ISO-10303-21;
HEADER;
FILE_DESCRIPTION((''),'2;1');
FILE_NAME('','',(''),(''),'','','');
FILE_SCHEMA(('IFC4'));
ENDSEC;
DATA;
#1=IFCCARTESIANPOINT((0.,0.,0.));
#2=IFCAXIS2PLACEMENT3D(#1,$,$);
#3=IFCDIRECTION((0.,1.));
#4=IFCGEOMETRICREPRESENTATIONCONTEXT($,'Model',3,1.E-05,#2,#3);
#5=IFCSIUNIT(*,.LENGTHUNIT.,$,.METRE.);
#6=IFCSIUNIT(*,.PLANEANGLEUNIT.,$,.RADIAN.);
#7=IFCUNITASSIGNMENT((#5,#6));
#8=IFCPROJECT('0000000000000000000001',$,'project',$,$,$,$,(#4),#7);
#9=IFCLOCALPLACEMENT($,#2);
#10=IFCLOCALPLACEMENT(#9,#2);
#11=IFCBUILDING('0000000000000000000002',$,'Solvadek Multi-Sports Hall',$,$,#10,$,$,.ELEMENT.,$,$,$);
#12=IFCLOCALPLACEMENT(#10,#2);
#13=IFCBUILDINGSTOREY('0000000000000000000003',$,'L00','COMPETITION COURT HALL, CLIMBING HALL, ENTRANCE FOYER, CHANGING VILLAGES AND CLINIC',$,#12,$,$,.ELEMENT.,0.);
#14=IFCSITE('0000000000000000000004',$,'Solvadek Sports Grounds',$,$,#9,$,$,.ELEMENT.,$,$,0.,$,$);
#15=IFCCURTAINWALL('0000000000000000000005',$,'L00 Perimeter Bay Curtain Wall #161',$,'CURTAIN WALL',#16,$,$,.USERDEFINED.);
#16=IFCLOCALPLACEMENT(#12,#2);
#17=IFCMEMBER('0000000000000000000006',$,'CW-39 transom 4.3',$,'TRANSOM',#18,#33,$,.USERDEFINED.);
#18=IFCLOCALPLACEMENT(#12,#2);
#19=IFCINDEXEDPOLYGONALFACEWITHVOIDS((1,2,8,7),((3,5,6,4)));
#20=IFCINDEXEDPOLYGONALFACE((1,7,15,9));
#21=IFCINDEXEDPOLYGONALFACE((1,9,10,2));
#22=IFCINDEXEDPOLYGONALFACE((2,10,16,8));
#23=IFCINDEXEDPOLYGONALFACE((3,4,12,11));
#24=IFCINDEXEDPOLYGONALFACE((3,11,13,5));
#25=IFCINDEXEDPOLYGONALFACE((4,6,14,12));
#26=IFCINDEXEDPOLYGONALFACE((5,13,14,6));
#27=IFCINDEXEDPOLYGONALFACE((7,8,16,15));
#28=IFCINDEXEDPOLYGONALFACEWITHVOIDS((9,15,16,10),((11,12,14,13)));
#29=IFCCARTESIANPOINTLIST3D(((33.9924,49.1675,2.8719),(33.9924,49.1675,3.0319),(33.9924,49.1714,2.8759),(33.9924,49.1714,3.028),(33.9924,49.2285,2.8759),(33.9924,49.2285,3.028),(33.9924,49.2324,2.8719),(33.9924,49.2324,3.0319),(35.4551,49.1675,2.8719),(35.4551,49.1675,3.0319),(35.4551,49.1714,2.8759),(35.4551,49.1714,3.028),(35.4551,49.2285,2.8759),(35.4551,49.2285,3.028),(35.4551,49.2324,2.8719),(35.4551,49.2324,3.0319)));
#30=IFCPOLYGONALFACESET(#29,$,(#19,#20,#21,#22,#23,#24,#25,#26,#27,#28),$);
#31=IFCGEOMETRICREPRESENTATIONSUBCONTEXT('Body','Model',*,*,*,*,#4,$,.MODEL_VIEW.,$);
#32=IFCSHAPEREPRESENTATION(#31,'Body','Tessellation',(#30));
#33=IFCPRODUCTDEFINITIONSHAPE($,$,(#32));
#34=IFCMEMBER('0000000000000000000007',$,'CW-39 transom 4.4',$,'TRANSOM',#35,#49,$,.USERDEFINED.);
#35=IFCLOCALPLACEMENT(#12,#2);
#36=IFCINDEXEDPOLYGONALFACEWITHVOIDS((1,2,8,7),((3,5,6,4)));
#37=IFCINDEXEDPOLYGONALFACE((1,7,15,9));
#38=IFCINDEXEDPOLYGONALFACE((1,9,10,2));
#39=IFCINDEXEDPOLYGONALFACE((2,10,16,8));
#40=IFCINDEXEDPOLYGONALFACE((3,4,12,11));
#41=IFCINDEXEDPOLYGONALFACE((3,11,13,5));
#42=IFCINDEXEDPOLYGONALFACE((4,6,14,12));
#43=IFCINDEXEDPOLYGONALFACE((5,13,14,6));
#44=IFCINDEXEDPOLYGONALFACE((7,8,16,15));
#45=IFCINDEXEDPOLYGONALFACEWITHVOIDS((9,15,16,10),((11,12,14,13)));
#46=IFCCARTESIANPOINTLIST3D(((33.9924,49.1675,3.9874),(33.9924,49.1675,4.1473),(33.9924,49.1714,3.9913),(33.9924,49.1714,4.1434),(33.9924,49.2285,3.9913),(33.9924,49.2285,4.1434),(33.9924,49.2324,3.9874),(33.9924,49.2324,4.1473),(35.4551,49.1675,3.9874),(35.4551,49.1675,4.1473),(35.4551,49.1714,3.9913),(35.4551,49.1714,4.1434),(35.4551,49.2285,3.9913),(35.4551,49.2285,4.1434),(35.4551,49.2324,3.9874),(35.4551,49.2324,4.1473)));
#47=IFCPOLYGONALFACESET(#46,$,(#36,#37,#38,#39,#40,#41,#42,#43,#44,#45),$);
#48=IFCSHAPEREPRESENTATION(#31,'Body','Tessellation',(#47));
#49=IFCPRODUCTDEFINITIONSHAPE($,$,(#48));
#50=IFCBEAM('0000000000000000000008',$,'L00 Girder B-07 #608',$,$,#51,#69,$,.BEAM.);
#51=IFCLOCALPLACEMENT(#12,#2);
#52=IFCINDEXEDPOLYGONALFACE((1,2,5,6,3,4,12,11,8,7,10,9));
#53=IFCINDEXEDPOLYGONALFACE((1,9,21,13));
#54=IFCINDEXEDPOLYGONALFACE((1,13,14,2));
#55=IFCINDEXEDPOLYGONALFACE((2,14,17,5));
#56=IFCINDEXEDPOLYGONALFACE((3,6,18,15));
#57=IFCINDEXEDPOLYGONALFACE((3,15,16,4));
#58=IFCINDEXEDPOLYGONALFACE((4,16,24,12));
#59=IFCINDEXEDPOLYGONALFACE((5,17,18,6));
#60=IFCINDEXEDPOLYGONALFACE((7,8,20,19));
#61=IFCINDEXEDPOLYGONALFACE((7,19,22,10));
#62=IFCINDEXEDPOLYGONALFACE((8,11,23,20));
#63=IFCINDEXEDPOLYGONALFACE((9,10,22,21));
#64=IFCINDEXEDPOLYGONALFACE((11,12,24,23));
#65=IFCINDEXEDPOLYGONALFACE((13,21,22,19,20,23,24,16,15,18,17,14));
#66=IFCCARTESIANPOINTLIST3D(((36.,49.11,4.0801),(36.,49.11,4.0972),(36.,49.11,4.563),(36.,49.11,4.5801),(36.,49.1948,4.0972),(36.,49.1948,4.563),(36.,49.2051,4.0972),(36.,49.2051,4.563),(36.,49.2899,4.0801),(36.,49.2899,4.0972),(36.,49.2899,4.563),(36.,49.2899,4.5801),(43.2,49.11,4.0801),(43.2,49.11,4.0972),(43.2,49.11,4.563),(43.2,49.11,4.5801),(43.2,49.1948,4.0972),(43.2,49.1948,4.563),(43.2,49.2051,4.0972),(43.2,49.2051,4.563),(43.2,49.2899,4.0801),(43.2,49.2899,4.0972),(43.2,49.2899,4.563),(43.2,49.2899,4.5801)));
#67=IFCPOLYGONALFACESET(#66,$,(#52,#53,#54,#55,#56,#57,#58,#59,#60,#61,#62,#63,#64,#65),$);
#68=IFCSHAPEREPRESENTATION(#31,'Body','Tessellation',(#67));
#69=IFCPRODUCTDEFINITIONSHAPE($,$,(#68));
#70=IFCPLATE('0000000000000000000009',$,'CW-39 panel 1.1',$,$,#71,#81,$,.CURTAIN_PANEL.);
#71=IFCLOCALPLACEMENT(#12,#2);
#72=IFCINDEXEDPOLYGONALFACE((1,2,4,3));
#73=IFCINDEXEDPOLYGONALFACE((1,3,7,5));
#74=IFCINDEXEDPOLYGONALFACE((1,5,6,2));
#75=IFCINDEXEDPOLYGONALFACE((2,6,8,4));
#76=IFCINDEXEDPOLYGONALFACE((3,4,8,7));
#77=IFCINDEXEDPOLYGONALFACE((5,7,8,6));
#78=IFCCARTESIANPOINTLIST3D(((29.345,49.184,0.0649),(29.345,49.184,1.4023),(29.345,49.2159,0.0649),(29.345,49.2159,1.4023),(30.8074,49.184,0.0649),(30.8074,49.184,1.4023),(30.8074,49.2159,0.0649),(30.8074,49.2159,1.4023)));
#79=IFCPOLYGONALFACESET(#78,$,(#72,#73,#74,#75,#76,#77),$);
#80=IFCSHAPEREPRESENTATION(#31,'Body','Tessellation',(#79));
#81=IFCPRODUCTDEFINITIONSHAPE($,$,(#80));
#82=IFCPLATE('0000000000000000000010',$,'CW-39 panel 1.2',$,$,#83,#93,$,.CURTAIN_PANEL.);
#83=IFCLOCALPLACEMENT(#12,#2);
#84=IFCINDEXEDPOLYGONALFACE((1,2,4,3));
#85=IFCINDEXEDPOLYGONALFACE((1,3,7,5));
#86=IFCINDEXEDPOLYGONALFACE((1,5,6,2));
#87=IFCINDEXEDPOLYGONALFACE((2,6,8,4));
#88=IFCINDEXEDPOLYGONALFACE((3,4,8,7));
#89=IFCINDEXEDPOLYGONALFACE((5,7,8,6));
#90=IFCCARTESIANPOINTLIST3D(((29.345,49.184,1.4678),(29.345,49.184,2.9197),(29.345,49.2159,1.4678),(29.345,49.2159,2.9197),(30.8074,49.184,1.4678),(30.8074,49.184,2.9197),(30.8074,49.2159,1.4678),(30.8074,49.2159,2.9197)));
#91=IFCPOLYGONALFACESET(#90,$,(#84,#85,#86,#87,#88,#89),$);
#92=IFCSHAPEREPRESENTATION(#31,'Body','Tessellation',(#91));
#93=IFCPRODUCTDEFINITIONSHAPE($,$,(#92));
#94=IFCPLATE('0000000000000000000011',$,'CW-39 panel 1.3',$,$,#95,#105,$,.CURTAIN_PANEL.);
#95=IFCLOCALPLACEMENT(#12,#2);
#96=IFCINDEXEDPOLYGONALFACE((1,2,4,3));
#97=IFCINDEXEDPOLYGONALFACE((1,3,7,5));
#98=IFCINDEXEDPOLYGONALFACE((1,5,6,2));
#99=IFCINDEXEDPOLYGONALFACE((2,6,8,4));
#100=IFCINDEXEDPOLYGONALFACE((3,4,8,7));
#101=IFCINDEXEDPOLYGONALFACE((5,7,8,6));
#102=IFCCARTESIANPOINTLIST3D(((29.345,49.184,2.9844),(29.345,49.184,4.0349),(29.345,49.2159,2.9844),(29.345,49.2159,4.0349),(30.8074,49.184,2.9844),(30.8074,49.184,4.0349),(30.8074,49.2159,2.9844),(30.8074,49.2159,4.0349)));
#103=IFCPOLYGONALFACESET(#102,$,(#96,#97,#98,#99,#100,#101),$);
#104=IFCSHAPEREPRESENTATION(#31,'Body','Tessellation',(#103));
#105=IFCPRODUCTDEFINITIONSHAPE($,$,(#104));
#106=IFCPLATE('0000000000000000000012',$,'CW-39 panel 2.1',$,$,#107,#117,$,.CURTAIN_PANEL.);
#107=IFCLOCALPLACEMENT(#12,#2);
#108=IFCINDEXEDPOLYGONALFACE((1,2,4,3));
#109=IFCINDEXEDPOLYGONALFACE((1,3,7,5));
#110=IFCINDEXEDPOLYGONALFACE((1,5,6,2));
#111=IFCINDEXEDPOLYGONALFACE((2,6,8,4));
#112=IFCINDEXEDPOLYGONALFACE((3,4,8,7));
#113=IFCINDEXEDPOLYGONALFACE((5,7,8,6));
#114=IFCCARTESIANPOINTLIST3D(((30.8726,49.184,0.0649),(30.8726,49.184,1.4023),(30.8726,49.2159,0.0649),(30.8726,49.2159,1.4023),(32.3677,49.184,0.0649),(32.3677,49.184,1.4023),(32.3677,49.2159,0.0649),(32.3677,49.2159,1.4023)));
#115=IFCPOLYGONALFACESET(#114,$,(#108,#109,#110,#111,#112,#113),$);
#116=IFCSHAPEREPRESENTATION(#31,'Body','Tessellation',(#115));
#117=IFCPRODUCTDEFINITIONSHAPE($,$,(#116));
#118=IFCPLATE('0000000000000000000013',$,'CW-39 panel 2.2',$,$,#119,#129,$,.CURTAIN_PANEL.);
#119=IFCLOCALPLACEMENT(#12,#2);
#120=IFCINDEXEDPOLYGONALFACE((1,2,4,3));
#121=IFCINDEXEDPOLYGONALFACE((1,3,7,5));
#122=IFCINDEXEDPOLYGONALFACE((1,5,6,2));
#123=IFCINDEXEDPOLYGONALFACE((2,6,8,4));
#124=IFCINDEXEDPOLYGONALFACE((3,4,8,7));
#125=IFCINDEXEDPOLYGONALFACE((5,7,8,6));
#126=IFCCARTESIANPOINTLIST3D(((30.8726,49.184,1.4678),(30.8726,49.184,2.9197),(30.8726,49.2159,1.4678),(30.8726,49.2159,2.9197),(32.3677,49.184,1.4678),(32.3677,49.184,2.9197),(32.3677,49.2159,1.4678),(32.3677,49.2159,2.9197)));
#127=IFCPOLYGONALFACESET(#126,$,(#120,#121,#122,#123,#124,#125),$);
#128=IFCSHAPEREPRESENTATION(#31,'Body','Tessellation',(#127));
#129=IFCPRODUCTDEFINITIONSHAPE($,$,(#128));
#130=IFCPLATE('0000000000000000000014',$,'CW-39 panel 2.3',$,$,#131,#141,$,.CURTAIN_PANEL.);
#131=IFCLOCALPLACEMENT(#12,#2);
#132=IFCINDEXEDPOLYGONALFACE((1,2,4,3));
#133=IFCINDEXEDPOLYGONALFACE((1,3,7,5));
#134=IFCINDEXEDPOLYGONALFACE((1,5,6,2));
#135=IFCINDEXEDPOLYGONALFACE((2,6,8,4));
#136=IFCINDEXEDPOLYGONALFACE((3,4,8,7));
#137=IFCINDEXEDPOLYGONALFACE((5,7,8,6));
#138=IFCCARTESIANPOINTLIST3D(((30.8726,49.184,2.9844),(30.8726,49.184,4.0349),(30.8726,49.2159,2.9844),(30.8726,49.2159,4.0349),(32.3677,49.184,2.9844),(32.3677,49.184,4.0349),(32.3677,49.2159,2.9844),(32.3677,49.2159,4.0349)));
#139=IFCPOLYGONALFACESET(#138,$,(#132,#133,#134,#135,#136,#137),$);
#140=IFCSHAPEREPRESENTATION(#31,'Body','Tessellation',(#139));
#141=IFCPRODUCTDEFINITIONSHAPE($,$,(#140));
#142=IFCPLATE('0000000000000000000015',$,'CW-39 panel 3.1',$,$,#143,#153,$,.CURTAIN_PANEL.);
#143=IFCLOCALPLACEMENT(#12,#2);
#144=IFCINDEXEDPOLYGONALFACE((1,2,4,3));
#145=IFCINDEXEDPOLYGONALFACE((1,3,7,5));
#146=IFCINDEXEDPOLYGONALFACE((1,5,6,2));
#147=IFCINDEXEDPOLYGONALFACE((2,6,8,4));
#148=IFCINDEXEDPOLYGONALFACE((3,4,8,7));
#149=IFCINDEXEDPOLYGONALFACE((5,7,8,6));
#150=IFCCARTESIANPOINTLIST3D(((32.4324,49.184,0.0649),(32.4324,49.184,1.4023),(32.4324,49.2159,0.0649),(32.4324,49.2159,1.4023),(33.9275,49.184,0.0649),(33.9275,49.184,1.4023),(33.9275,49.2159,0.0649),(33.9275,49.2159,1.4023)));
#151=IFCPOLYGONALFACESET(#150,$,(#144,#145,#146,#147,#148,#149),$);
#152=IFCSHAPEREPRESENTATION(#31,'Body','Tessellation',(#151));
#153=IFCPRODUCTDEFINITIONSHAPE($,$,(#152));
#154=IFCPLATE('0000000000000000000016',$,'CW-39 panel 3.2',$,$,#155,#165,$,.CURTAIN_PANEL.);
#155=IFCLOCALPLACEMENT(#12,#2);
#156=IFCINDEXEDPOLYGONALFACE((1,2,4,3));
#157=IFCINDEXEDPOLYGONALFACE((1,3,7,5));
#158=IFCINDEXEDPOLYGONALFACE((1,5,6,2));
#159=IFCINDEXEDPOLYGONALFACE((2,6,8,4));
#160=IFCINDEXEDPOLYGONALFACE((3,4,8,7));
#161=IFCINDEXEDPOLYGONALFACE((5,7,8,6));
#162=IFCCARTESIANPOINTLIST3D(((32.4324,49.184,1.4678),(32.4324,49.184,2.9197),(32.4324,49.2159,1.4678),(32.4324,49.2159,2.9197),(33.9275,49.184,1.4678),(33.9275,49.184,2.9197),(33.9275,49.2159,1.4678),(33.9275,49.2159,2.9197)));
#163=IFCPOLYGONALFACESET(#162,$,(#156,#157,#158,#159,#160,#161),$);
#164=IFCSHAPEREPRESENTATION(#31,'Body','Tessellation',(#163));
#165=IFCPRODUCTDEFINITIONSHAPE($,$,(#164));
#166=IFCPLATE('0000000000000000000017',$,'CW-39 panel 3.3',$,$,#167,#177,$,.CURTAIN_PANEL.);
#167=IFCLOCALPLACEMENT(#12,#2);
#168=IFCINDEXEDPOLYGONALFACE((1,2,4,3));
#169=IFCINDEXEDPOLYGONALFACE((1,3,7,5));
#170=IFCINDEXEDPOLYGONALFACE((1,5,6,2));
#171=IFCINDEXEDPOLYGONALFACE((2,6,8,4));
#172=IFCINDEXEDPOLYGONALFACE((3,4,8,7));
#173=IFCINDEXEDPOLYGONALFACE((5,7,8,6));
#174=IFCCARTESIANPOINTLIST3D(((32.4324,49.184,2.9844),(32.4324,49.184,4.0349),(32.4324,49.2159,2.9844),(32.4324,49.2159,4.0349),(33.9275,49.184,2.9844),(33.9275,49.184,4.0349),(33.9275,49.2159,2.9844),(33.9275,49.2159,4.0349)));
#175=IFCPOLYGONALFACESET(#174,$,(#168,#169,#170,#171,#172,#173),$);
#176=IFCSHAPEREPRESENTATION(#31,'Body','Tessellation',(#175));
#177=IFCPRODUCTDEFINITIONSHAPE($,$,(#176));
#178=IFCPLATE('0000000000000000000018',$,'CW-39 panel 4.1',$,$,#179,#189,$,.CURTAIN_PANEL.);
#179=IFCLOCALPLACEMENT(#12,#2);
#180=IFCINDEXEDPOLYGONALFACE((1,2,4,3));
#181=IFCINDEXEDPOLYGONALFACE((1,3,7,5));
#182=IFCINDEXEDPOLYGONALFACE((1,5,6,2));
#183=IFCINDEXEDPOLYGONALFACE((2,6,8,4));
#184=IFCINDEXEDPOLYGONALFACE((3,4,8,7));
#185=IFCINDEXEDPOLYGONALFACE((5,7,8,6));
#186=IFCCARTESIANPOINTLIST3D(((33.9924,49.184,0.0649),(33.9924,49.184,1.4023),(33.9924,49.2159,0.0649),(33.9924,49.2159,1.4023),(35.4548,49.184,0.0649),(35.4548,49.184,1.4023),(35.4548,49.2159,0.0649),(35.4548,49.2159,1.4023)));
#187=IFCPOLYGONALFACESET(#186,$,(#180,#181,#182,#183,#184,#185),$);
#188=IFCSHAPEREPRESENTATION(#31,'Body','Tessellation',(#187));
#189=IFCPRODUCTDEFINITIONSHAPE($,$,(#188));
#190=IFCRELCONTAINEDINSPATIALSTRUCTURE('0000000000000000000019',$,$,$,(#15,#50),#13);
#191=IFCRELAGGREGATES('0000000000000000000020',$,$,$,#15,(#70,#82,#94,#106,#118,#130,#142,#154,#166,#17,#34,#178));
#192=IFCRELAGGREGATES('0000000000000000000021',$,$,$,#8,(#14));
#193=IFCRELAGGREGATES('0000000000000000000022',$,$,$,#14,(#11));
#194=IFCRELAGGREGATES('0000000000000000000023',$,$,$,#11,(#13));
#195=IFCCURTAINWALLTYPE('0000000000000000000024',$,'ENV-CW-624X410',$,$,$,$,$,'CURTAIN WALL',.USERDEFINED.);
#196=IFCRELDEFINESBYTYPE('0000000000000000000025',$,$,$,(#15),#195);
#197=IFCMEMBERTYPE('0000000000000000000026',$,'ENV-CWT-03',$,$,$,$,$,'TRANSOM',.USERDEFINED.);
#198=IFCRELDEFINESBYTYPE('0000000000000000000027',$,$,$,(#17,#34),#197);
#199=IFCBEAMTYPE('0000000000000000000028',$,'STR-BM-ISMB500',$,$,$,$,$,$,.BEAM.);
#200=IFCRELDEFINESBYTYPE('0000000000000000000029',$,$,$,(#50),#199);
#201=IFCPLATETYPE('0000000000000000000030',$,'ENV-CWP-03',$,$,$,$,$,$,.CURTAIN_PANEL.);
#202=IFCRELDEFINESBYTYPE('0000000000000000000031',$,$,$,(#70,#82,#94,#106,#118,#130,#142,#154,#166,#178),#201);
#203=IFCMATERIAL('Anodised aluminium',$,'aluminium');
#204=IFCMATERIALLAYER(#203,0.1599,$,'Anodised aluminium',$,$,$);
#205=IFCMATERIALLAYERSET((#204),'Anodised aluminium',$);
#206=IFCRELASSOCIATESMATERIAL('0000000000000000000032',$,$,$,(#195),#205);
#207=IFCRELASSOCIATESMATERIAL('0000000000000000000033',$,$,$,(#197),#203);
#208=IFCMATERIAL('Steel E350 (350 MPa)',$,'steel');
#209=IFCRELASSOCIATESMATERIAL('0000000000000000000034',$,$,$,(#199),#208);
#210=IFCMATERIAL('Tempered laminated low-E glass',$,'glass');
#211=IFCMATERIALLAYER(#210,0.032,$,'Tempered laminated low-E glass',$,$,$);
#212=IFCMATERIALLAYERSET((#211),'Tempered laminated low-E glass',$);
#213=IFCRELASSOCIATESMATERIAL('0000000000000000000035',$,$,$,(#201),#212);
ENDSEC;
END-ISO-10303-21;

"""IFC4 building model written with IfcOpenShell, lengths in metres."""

from ifc_helpers import new_model, si_unit, direction, frame, origin, origin_2d, place, context, subcontext, project, spatial, rectangle, hollow_rectangle, i_section, extrude, material, layer, layer_set, material_profile, profile_set, type_object, element, aggregate, save


model = new_model("IFC4")

# Units and contexts
model_context = context("Model", 3, precision=1e-05, world=origin(), true_north=direction((0.0, 1.0)))
body_context = subcontext(model_context, "Body", "Model", "MODEL_VIEW")
ifc_project = project(units=[si_unit("LENGTHUNIT", "METRE"), si_unit("PLANEANGLEUNIT", "RADIAN")], contexts=[model_context])

# Site, building, storey
site_placement = place(None, origin())
site = spatial("IfcSite", under=ifc_project, at=site_placement, Name="Solvadek Sports Grounds", CompositionType="ELEMENT", RefElevation=0.0)
building_placement = place(site_placement, origin())
building = spatial("IfcBuilding", under=site, at=building_placement, Name="Solvadek Multi-Sports Hall", CompositionType="ELEMENT")
storey_placement = place(building_placement, origin())
storey = spatial("IfcBuildingStorey", under=building, at=storey_placement, Name="L00", Description="COMPETITION COURT HALL, CLIMBING HALL, ENTRANCE FOYER, CHANGING VILLAGES AND CLINIC", CompositionType="ELEMENT", Elevation=0.0)

# Shared definitions
ifc_material_1 = material(Name="Steel E350 (350 MPa)", Category="steel")

# Curtain wall, members
ifc_material_2 = material(Name="Anodised aluminium", Category="aluminium")
ifc_layer_1 = layer(ifc_material_2, 0.1599, Name="Anodised aluminium")
ifc_layer_set_1 = layer_set([ifc_layer_1], Name="Anodised aluminium")
curtain_wall_type = type_object("IfcCurtainWallType", Name="ENV-CW-624X410", ElementType="CURTAIN WALL", PredefinedType="USERDEFINED", material=ifc_layer_set_1)
curtain_wall_placement = place(storey_placement, origin())
curtain_wall = element("IfcCurtainWall", 1, at=curtain_wall_placement, inside=storey, type_object=curtain_wall_type, Name="L00 Perimeter Bay Curtain Wall #161", ObjectType="CURTAIN WALL", PredefinedType="USERDEFINED")
ifc_material_profile_1 = material_profile(ifc_material_2, hollow_rectangle(XDim=0.0649, YDim=0.1599, WallThickness=0.0039, at=origin_2d()), Name="ALU-T 160x65x4")
ifc_profile_set_1 = profile_set([ifc_material_profile_1], Name="Anodised aluminium")
member_type_1 = type_object("IfcMemberType", Name="ENV-CWT-03", ElementType="TRANSOM", PredefinedType="USERDEFINED", material=ifc_profile_set_1)
member_1_placement = place(storey_placement, frame((33.9924, 49.2, 2.9519), z_axis=(1.0, 0.0, 0.0), x_axis=(0.0, 1.0, 0.0)))
member_1 = element("IfcMember", 2, at=member_1_placement, type_object=member_type_1, Name="CW-39 transom 4.3", ObjectType="TRANSOM", PredefinedType="USERDEFINED", context=body_context, shape_type="SweptSolid", body=[
    extrude(hollow_rectangle(XDim=0.0649, YDim=0.1599, WallThickness=0.0039, at=origin_2d()), origin(), (0.0, 0.0, 1.0), 1.4626),
])
member_2_placement = place(storey_placement, frame((33.9924, 49.2, 4.0674), z_axis=(1.0, 0.0, 0.0), x_axis=(0.0, 1.0, 0.0)))
member_2 = element("IfcMember", 3, at=member_2_placement, type_object=member_type_1, Name="CW-39 transom 4.4", ObjectType="TRANSOM", PredefinedType="USERDEFINED", context=body_context, shape_type="SweptSolid", body=[
    extrude(hollow_rectangle(XDim=0.0649, YDim=0.1599, WallThickness=0.0039, at=origin_2d()), origin(), (0.0, 0.0, 1.0), 1.4626),
])

# Beam
ifc_material_profile_2 = material_profile(ifc_material_1, i_section(OverallWidth=0.1799, OverallDepth=0.5, WebThickness=0.0103, FlangeThickness=0.0171, at=origin_2d()), Name="ISMB 500")
ifc_profile_set_2 = profile_set([ifc_material_profile_2], Name="Steel E350 (350 MPa)")
beam_type = type_object("IfcBeamType", Name="STR-BM-ISMB500", PredefinedType="BEAM", material=ifc_profile_set_2)
beam_placement = place(storey_placement, frame((36.0, 49.2, 4.3301), z_axis=(1.0, 0.0, 0.0), x_axis=(0.0, 1.0, 0.0)))
element("IfcBeam", 4, at=beam_placement, inside=storey, type_object=beam_type, Name="L00 Girder B-07 #608", PredefinedType="BEAM", context=body_context, shape_type="SweptSolid", body=[
    extrude(i_section(OverallWidth=0.1799, OverallDepth=0.5, WebThickness=0.0103, FlangeThickness=0.0171, at=origin_2d()), origin(), (0.0, 0.0, 1.0), 7.2),
])

# Plates
ifc_material_3 = material(Name="Tempered laminated low-E glass", Category="glass")
ifc_layer_2 = layer(ifc_material_3, 0.032, Name="Tempered laminated low-E glass")
ifc_layer_set_2 = layer_set([ifc_layer_2], Name="Tempered laminated low-E glass")
plate_type = type_object("IfcPlateType", Name="ENV-CWP-03", PredefinedType="CURTAIN_PANEL", material=ifc_layer_set_2)
plate_1_placement = place(storey_placement, frame((30.0762, 49.2, 0.0649), z_axis=(0.0, 0.0, 1.0), x_axis=(1.0, 0.0, 0.0)))
plate_1 = element("IfcPlate", 5, at=plate_1_placement, type_object=plate_type, Name="CW-39 panel 1.1", PredefinedType="CURTAIN_PANEL", context=body_context, shape_type="SweptSolid", body=[
    extrude(rectangle(XDim=1.4624, YDim=0.032, at=origin_2d()), origin(), (0.0, 0.0, 1.0), 1.3374),
])
plate_2_placement = place(storey_placement, frame((30.0762, 49.2, 1.4678), z_axis=(0.0, 0.0, 1.0), x_axis=(1.0, 0.0, 0.0)))
plate_2 = element("IfcPlate", 6, at=plate_2_placement, type_object=plate_type, Name="CW-39 panel 1.2", PredefinedType="CURTAIN_PANEL", context=body_context, shape_type="SweptSolid", body=[
    extrude(rectangle(XDim=1.4624, YDim=0.032, at=origin_2d()), origin(), (0.0, 0.0, 1.0), 1.4519),
])
plate_3_placement = place(storey_placement, frame((30.0762, 49.2, 2.9844), z_axis=(0.0, 0.0, 1.0), x_axis=(1.0, 0.0, 0.0)))
plate_3 = element("IfcPlate", 7, at=plate_3_placement, type_object=plate_type, Name="CW-39 panel 1.3", PredefinedType="CURTAIN_PANEL", context=body_context, shape_type="SweptSolid", body=[
    extrude(rectangle(XDim=1.4624, YDim=0.032, at=origin_2d()), origin(), (0.0, 0.0, 1.0), 1.0505),
])
plate_4_placement = place(storey_placement, frame((31.6201, 49.2, 0.0649), z_axis=(0.0, 0.0, 1.0), x_axis=(1.0, 0.0, 0.0)))
plate_4 = element("IfcPlate", 8, at=plate_4_placement, type_object=plate_type, Name="CW-39 panel 2.1", PredefinedType="CURTAIN_PANEL", context=body_context, shape_type="SweptSolid", body=[
    extrude(rectangle(XDim=1.4951, YDim=0.032, at=origin_2d()), origin(), (0.0, 0.0, 1.0), 1.3374),
])
plate_5_placement = place(storey_placement, frame((31.6201, 49.2, 1.4678), z_axis=(0.0, 0.0, 1.0), x_axis=(1.0, 0.0, 0.0)))
plate_5 = element("IfcPlate", 9, at=plate_5_placement, type_object=plate_type, Name="CW-39 panel 2.2", PredefinedType="CURTAIN_PANEL", context=body_context, shape_type="SweptSolid", body=[
    extrude(rectangle(XDim=1.4951, YDim=0.032, at=origin_2d()), origin(), (0.0, 0.0, 1.0), 1.4519),
])
plate_6_placement = place(storey_placement, frame((31.6201, 49.2, 2.9844), z_axis=(0.0, 0.0, 1.0), x_axis=(1.0, 0.0, 0.0)))
plate_6 = element("IfcPlate", 10, at=plate_6_placement, type_object=plate_type, Name="CW-39 panel 2.3", PredefinedType="CURTAIN_PANEL", context=body_context, shape_type="SweptSolid", body=[
    extrude(rectangle(XDim=1.4951, YDim=0.032, at=origin_2d()), origin(), (0.0, 0.0, 1.0), 1.0505),
])
plate_7_placement = place(storey_placement, frame((33.1799, 49.2, 0.0649), z_axis=(0.0, 0.0, 1.0), x_axis=(1.0, 0.0, 0.0)))
plate_7 = element("IfcPlate", 11, at=plate_7_placement, type_object=plate_type, Name="CW-39 panel 3.1", PredefinedType="CURTAIN_PANEL", context=body_context, shape_type="SweptSolid", body=[
    extrude(rectangle(XDim=1.4951, YDim=0.032, at=origin_2d()), origin(), (0.0, 0.0, 1.0), 1.3374),
])
plate_8_placement = place(storey_placement, frame((33.1799, 49.2, 1.4678), z_axis=(0.0, 0.0, 1.0), x_axis=(1.0, 0.0, 0.0)))
plate_8 = element("IfcPlate", 12, at=plate_8_placement, type_object=plate_type, Name="CW-39 panel 3.2", PredefinedType="CURTAIN_PANEL", context=body_context, shape_type="SweptSolid", body=[
    extrude(rectangle(XDim=1.4951, YDim=0.032, at=origin_2d()), origin(), (0.0, 0.0, 1.0), 1.4519),
])
plate_9_placement = place(storey_placement, frame((33.1799, 49.2, 2.9844), z_axis=(0.0, 0.0, 1.0), x_axis=(1.0, 0.0, 0.0)))
plate_9 = element("IfcPlate", 13, at=plate_9_placement, type_object=plate_type, Name="CW-39 panel 3.3", PredefinedType="CURTAIN_PANEL", context=body_context, shape_type="SweptSolid", body=[
    extrude(rectangle(XDim=1.4951, YDim=0.032, at=origin_2d()), origin(), (0.0, 0.0, 1.0), 1.0505),
])
plate_10_placement = place(storey_placement, frame((34.7236, 49.2, 0.0649), z_axis=(0.0, 0.0, 1.0), x_axis=(1.0, 0.0, 0.0)))
plate_10 = element("IfcPlate", 14, at=plate_10_placement, type_object=plate_type, Name="CW-39 panel 4.1", PredefinedType="CURTAIN_PANEL", context=body_context, shape_type="SweptSolid", body=[
    extrude(rectangle(XDim=1.4624, YDim=0.032, at=origin_2d()), origin(), (0.0, 0.0, 1.0), 1.3374),
])
aggregate(curtain_wall, [plate_1, plate_2, plate_3, plate_4, plate_5, plate_6, plate_7, plate_8, plate_9, member_1, member_2, plate_10])

save(model, "model.ifc")
